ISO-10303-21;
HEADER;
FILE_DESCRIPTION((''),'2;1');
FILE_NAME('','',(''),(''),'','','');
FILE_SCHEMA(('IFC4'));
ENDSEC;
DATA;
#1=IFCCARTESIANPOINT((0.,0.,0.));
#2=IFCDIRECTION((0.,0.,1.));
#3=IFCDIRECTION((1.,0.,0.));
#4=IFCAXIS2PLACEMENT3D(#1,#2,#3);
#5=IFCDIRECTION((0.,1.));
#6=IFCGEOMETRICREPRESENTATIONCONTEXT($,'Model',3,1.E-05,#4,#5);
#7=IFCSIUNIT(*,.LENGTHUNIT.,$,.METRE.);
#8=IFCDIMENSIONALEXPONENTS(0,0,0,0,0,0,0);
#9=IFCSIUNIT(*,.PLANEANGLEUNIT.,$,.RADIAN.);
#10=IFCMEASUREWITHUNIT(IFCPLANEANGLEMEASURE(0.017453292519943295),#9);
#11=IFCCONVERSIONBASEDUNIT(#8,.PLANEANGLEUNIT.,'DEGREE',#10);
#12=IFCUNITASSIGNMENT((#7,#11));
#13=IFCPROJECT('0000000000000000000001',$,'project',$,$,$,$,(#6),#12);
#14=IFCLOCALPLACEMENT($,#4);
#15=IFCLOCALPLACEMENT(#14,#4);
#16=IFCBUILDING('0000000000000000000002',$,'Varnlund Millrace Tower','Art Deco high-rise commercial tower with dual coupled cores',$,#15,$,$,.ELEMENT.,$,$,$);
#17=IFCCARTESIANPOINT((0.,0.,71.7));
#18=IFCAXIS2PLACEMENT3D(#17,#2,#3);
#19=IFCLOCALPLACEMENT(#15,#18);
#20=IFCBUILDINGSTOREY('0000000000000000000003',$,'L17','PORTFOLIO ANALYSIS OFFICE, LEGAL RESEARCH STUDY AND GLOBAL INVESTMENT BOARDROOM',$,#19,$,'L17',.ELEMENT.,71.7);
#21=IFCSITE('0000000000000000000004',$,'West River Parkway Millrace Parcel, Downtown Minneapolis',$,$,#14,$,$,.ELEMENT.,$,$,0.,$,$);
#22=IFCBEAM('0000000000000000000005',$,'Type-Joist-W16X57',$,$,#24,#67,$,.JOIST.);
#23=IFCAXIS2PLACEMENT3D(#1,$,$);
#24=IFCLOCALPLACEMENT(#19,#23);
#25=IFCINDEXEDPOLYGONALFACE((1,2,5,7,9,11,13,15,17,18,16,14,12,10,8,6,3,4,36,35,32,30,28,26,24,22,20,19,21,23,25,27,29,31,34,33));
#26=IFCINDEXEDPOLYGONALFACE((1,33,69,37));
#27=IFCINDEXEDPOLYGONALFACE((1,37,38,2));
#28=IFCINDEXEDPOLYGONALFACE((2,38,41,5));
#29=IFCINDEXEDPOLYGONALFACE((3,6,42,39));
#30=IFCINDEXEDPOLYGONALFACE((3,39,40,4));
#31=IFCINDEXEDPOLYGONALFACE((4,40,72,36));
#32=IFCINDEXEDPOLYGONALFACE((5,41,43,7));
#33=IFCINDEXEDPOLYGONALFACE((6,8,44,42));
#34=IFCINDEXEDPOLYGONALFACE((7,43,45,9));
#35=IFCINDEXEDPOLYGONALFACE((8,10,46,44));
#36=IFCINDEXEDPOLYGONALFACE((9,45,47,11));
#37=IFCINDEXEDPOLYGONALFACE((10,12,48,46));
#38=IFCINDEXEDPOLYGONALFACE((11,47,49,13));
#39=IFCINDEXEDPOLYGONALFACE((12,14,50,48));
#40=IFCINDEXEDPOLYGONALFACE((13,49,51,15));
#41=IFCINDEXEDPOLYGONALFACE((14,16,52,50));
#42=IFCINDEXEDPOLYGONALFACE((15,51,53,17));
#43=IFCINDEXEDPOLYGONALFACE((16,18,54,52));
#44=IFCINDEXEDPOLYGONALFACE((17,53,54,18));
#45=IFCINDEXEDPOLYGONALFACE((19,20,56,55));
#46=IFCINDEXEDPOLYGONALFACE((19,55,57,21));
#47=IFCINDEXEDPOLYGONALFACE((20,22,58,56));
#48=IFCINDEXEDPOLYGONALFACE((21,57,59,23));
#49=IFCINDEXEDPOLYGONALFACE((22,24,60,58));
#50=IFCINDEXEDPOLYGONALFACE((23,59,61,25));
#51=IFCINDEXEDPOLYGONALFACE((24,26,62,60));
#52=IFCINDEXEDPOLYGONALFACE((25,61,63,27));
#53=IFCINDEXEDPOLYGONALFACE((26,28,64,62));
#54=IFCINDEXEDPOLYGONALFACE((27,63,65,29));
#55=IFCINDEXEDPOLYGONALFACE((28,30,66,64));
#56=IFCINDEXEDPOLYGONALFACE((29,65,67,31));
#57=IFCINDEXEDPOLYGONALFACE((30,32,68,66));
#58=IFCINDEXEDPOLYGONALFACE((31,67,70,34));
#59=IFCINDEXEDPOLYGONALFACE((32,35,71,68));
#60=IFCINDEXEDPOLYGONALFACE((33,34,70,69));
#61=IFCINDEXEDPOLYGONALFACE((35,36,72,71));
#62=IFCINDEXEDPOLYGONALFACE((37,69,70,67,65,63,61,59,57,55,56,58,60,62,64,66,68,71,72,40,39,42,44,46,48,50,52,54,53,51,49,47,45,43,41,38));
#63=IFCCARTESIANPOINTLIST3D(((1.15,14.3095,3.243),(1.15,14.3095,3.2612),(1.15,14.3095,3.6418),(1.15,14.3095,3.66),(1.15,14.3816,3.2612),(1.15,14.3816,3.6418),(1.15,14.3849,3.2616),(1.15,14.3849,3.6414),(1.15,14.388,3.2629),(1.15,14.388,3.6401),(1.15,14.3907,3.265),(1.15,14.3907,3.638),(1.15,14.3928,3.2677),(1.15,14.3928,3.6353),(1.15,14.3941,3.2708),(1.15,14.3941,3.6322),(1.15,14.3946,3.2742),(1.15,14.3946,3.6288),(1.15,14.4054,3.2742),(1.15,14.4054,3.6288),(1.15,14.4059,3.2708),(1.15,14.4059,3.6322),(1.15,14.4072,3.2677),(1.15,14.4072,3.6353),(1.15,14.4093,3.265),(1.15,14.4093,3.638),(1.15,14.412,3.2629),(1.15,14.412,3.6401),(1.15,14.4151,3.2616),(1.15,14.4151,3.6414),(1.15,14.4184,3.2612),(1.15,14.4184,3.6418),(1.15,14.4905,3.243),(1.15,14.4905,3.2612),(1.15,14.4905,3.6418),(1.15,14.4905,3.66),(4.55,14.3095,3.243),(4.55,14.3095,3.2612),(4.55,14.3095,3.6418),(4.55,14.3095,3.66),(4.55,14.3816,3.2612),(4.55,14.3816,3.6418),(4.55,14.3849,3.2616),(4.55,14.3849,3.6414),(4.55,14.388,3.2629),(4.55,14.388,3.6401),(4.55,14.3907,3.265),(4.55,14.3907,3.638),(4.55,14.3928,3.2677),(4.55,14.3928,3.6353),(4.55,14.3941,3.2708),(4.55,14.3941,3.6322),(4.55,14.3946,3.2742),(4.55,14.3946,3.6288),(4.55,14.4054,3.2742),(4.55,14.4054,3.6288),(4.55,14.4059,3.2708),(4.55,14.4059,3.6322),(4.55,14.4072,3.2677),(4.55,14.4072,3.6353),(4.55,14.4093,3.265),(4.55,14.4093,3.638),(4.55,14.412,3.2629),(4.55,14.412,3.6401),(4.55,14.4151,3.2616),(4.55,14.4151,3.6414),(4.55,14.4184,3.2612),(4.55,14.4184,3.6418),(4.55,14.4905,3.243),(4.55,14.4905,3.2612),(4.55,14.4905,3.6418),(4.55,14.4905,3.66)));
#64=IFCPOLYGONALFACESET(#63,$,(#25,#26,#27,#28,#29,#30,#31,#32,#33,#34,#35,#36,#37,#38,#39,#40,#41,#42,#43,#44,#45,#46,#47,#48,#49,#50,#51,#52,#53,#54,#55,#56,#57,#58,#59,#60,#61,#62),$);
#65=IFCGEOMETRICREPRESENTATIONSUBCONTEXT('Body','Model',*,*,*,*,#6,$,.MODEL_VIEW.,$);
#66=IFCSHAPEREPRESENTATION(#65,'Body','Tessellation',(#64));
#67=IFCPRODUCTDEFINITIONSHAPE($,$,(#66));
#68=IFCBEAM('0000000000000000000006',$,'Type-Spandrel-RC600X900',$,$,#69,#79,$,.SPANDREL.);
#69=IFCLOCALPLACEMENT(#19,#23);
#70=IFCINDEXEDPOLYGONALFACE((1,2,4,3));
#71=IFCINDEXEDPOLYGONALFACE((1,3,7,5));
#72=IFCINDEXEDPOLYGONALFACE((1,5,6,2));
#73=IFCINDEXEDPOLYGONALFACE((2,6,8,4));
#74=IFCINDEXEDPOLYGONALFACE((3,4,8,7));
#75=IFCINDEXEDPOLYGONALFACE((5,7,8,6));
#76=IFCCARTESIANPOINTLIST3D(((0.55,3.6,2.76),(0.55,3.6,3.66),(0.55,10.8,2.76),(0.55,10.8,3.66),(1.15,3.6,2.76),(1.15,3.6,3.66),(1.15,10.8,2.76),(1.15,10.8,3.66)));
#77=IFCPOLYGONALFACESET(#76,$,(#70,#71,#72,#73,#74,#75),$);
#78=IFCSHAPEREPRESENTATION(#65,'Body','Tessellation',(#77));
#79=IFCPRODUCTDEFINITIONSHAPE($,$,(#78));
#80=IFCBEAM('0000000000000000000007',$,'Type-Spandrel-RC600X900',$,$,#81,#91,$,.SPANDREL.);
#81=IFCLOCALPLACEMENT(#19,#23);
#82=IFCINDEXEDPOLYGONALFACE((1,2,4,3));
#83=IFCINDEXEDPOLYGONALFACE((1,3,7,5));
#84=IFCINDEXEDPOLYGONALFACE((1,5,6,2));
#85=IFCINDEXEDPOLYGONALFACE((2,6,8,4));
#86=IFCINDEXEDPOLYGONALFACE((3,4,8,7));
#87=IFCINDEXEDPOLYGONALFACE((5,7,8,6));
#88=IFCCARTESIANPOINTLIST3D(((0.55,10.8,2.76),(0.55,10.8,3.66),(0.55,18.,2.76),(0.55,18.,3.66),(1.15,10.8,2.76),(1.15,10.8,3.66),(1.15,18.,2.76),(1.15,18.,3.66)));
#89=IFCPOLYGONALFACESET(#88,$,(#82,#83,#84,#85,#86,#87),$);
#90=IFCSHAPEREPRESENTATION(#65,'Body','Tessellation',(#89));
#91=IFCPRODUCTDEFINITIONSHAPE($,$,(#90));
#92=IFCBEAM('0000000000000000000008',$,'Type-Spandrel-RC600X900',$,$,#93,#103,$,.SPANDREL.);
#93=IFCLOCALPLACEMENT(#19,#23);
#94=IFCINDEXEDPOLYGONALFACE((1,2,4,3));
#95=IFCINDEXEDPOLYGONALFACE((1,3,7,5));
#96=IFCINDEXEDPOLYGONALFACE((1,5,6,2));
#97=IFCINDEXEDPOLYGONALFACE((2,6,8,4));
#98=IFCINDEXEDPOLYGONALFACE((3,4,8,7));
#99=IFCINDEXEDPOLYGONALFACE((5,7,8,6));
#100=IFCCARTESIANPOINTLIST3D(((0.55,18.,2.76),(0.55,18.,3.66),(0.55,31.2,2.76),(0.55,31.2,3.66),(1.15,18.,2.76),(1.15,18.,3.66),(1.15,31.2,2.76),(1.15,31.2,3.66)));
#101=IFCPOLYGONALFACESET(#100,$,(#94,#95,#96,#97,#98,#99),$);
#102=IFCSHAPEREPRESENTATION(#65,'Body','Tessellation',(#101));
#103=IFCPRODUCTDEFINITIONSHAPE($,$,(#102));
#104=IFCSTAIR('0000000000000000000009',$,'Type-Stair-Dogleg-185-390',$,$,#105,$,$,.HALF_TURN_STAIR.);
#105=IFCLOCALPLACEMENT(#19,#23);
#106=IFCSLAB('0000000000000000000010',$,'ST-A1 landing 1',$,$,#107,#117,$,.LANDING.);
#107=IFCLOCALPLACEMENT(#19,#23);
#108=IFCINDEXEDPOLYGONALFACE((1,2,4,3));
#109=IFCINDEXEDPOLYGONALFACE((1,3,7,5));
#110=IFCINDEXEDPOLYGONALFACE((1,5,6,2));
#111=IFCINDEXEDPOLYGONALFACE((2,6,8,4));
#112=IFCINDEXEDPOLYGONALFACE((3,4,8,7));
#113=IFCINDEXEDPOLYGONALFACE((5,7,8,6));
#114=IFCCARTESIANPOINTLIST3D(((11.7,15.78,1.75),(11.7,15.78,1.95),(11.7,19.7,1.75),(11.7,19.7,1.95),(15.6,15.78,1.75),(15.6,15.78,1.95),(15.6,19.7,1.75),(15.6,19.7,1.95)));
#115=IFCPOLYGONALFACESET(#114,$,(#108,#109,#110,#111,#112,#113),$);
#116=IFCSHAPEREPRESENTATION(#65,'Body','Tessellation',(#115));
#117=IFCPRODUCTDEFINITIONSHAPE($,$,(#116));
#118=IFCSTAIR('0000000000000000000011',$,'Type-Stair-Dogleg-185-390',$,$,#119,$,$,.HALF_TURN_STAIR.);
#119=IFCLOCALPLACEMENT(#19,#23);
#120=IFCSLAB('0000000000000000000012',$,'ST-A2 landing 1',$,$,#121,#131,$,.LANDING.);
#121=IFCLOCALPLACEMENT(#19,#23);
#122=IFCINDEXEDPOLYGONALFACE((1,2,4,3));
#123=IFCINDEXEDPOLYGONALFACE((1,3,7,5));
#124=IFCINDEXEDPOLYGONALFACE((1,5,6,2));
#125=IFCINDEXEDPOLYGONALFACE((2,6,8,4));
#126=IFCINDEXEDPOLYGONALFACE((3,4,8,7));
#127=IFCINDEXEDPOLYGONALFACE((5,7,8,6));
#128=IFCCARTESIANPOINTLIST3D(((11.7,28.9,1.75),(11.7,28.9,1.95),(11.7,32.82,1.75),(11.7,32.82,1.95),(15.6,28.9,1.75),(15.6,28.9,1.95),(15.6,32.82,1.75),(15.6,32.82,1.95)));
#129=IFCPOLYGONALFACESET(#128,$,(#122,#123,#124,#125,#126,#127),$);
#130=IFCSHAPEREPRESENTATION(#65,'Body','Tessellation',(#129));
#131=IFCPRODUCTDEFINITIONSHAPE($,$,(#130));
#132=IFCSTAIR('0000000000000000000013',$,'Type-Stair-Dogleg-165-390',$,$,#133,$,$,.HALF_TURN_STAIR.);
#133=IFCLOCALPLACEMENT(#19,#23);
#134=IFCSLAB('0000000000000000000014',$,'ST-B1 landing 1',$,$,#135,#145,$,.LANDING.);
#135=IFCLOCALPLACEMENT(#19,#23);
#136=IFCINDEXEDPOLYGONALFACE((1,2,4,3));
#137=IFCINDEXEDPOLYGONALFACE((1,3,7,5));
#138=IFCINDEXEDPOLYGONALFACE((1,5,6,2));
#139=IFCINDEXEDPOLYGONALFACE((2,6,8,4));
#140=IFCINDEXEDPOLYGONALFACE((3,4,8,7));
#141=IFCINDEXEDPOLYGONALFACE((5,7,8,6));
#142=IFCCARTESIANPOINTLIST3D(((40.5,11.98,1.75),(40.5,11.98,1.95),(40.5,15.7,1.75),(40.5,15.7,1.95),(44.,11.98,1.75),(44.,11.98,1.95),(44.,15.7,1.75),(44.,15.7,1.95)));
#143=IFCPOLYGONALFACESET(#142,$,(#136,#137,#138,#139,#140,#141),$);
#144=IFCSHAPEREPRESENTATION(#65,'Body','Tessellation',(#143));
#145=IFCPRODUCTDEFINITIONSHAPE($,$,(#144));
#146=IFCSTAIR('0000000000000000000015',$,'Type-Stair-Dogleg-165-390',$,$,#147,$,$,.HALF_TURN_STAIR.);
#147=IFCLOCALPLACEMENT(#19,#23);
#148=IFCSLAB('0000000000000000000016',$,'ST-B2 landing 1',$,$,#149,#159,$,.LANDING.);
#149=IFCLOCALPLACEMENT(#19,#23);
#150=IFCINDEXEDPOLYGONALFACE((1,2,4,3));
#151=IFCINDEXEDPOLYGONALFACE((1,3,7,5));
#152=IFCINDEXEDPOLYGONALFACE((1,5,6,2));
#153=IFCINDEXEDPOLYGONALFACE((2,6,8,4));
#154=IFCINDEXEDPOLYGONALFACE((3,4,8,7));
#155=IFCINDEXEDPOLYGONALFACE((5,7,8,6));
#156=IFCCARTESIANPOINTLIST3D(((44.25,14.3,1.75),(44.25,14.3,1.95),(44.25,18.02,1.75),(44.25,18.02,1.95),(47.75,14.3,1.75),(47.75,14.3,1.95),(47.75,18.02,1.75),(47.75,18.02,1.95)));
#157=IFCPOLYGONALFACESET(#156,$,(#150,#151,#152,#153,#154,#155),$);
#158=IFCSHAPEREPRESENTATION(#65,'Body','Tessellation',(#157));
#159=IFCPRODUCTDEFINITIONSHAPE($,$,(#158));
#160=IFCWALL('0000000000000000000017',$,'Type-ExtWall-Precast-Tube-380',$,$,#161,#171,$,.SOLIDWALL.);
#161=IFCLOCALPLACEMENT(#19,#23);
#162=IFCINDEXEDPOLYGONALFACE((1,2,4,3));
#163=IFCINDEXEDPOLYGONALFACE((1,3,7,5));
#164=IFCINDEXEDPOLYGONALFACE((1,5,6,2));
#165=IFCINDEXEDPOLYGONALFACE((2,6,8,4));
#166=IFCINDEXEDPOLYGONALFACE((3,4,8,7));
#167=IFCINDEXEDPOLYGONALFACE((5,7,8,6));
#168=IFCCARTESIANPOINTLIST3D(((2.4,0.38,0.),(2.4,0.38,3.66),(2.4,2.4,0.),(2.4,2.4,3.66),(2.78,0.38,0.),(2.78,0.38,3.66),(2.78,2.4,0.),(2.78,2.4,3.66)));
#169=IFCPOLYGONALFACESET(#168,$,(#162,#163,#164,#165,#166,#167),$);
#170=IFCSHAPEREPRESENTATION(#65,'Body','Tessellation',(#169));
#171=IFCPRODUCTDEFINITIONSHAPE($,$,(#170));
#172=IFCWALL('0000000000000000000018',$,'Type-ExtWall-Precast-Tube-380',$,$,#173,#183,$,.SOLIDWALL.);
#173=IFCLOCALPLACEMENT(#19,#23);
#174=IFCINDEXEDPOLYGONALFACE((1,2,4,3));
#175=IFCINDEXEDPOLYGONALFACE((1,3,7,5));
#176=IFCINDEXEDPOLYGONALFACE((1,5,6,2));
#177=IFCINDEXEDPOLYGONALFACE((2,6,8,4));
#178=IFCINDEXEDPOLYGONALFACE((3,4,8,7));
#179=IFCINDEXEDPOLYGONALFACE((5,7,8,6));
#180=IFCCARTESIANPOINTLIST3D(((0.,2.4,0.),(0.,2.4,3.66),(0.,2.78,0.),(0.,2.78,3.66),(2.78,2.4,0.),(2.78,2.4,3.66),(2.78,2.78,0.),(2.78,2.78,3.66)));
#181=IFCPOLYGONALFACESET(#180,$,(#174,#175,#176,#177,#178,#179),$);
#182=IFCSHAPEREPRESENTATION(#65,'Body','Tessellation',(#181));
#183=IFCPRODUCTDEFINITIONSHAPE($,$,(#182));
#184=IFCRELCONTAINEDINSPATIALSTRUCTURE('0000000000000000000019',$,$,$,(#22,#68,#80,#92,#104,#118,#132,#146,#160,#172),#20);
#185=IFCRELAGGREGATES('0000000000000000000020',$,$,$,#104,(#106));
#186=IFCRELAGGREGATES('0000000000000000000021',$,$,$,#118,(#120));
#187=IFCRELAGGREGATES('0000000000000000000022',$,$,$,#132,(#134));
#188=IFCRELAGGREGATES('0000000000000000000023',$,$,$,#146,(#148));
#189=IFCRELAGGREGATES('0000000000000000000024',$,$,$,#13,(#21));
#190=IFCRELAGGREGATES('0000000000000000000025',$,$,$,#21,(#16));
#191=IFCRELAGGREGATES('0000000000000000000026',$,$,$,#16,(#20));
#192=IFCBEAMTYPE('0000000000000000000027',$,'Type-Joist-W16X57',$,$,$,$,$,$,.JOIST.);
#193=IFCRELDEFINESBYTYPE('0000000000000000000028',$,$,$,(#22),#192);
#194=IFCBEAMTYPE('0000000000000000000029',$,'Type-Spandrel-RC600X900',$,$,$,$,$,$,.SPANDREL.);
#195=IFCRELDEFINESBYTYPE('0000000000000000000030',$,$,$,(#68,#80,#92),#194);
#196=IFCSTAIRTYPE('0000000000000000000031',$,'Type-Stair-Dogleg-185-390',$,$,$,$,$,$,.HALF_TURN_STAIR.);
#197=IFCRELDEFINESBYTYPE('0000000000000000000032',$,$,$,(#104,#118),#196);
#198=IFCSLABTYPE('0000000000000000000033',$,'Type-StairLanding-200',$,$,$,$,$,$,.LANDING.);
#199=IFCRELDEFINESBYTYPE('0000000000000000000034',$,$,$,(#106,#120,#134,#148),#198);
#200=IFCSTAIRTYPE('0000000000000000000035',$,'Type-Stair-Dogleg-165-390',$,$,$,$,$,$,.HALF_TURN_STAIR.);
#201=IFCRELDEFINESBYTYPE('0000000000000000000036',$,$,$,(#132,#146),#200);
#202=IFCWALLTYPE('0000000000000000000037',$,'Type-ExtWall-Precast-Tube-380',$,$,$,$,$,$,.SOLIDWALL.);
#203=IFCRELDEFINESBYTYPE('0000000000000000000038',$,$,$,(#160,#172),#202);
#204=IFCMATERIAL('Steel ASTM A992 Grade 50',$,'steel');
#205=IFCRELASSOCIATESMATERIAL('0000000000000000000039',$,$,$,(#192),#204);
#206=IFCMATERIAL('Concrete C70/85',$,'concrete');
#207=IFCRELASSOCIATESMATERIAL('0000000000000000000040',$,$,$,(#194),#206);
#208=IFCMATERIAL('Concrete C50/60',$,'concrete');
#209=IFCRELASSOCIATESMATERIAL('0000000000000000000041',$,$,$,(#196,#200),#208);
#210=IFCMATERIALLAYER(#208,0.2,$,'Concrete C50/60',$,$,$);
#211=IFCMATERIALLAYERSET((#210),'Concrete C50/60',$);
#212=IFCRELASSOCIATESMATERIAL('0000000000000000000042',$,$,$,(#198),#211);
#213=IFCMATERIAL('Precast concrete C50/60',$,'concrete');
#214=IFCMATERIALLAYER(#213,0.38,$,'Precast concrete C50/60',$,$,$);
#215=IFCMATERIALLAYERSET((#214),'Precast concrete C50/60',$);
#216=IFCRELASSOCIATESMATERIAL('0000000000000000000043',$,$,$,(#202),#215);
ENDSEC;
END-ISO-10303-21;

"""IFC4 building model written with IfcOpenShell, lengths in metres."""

from ifc_helpers import new_model, entity, si_unit, converted_unit, direction, frame, origin_with_axes, origin_2d_with_axis, place, context, subcontext, project, spatial, polyline, rectangle, i_section, outline, extrude, material, layer, layer_set, material_profile, profile_set, type_object, element, aggregate, save


model = new_model("IFC4")

# Units and contexts
model_context = context("Model", 3, precision=1e-05, world=origin_with_axes(), true_north=direction((0.0, 1.0)))
body_context = subcontext(model_context, "Body", "Model", "MODEL_VIEW")
ifc_project = project(units=[si_unit("LENGTHUNIT", "METRE"), converted_unit("PLANEANGLEUNIT", "DEGREE", entity("IfcPlaneAngleMeasure", 0.017453292519943295), si_unit("PLANEANGLEUNIT", "RADIAN"), dimensions=[0, 0, 0, 0, 0, 0, 0])], contexts=[model_context])

# Site, building, storey
site_placement = place(None, origin_with_axes())
site = spatial("IfcSite", under=ifc_project, at=site_placement, Name="West River Parkway Millrace Parcel, Downtown Minneapolis", CompositionType="ELEMENT", RefElevation=0.0)
building_placement = place(site_placement, origin_with_axes())
building = spatial("IfcBuilding", under=site, at=building_placement, Name="Varnlund Millrace Tower", Description="Art Deco high-rise commercial tower with dual coupled cores", CompositionType="ELEMENT")
storey_placement = place(building_placement, frame((0.0, 0.0, 71.7), z_axis=(0.0, 0.0, 1.0), x_axis=(1.0, 0.0, 0.0)))
storey = spatial("IfcBuildingStorey", under=building, at=storey_placement, Name="L17", Description="PORTFOLIO ANALYSIS OFFICE, LEGAL RESEARCH STUDY AND GLOBAL INVESTMENT BOARDROOM", LongName="L17", CompositionType="ELEMENT", Elevation=71.7)

# Beams
ifc_material_1 = material(Name="Steel ASTM A992 Grade 50", Category="steel")
ifc_material_profile_1 = material_profile(ifc_material_1, i_section(OverallWidth=0.181, OverallDepth=0.417, WebThickness=0.0109, FlangeThickness=0.0182, FilletRadius=0.013, at=origin_2d_with_axis()), Name="Steel ASTM A992 Grade 50")
ifc_profile_set_1 = profile_set([ifc_material_profile_1], Name="Steel ASTM A992 Grade 50")
beam_type_1 = type_object("IfcBeamType", Name="Type-Joist-W16X57", PredefinedType="JOIST", material=ifc_profile_set_1)
for number, where, z_axis, x_axis, name in (
    (1, (1.15, 14.4, 3.4515), (1.0, 0.0, 0.0), (0.0, 1.0, 0.0), "Type-Joist-W16X57"),
):
    element("IfcBeam", number, at=place(storey_placement, frame(where, z_axis=z_axis, x_axis=x_axis)), inside=storey, type_object=beam_type_1, Name=name, PredefinedType="JOIST", context=body_context, shape_type="SweptSolid", body=[
        extrude(i_section(OverallWidth=0.181, OverallDepth=0.417, WebThickness=0.0109, FlangeThickness=0.0182, FilletRadius=0.013, at=origin_2d_with_axis()), origin_with_axes(), (0.0, 0.0, 1.0), 3.4),
    ])
ifc_material_2 = material(Name="Concrete C70/85", Category="concrete")
ifc_material_profile_2 = material_profile(ifc_material_2, rectangle(XDim=0.6, YDim=0.9, at=origin_2d_with_axis()), Name="Concrete C70/85")
ifc_profile_set_2 = profile_set([ifc_material_profile_2], Name="Concrete C70/85")
beam_type_2 = type_object("IfcBeamType", Name="Type-Spandrel-RC600X900", PredefinedType="SPANDREL", material=ifc_profile_set_2)
for number, where, z_axis, x_axis, name in (
    (2, (0.85, 3.6, 3.21), (0.0, 1.0, 0.0), (-1.0, 0.0, 0.0), "Type-Spandrel-RC600X900"),
    (3, (0.85, 10.8, 3.21), (0.0, 1.0, 0.0), (-1.0, 0.0, 0.0), "Type-Spandrel-RC600X900"),
):
    element("IfcBeam", number, at=place(storey_placement, frame(where, z_axis=z_axis, x_axis=x_axis)), inside=storey, type_object=beam_type_2, Name=name, PredefinedType="SPANDREL", context=body_context, shape_type="SweptSolid", body=[
        extrude(rectangle(XDim=0.6, YDim=0.9, at=origin_2d_with_axis()), origin_with_axes(), (0.0, 0.0, 1.0), 7.2),
    ])
beam_1_placement = place(storey_placement, frame((0.85, 18.0, 3.21), z_axis=(0.0, 1.0, 0.0), x_axis=(-1.0, 0.0, 0.0)))
element("IfcBeam", 4, at=beam_1_placement, inside=storey, type_object=beam_type_2, Name="Type-Spandrel-RC600X900", PredefinedType="SPANDREL", context=body_context, shape_type="SweptSolid", body=[
    extrude(rectangle(XDim=0.6, YDim=0.9, at=origin_2d_with_axis()), origin_with_axes(), (0.0, 0.0, 1.0), 13.2),
])

# Stairs, slabs
ifc_material_3 = material(Name="Concrete C50/60", Category="concrete")
stair_type_1 = type_object("IfcStairType", Name="Type-Stair-Dogleg-185-390", PredefinedType="HALF_TURN_STAIR", material=ifc_material_3)
stair_1_placement = place(storey_placement, origin_with_axes())
stair_1 = element("IfcStair", 5, at=stair_1_placement, inside=storey, type_object=stair_type_1, Name="Type-Stair-Dogleg-185-390", PredefinedType="HALF_TURN_STAIR")
ifc_layer_1 = layer(ifc_material_3, 0.2, Name="Concrete C50/60")
ifc_layer_set_1 = layer_set([ifc_layer_1], Name="Concrete C50/60")
slab_type = type_object("IfcSlabType", Name="Type-StairLanding-200", PredefinedType="LANDING", material=ifc_layer_set_1)
slab_1_placement = place(storey_placement, frame((0.0, 0.0, 1.75), z_axis=(0.0, 0.0, 1.0), x_axis=(1.0, 0.0, 0.0)))
slab_1 = element("IfcSlab", 6, at=slab_1_placement, type_object=slab_type, Name="ST-A1 landing 1", PredefinedType="LANDING", context=body_context, shape_type="SweptSolid", body=[
    extrude(outline(polyline([(15.6, 15.78), (15.6, 19.7), (11.7, 19.7), (11.7, 15.78), (15.6, 15.78)])), origin_with_axes(), (0.0, 0.0, 1.0), 0.2),
])
aggregate(stair_1, [slab_1])
stair_2_placement = place(storey_placement, origin_with_axes())
stair_2 = element("IfcStair", 7, at=stair_2_placement, inside=storey, type_object=stair_type_1, Name="Type-Stair-Dogleg-185-390", PredefinedType="HALF_TURN_STAIR")
slab_2_placement = place(storey_placement, frame((0.0, 0.0, 1.75), z_axis=(0.0, 0.0, 1.0), x_axis=(1.0, 0.0, 0.0)))
slab_2 = element("IfcSlab", 8, at=slab_2_placement, type_object=slab_type, Name="ST-A2 landing 1", PredefinedType="LANDING", context=body_context, shape_type="SweptSolid", body=[
    extrude(outline(polyline([(11.7, 32.82), (11.7, 28.9), (15.6, 28.9), (15.6, 32.82), (11.7, 32.82)])), origin_with_axes(), (0.0, 0.0, 1.0), 0.2),
])
aggregate(stair_2, [slab_2])
stair_type_2 = type_object("IfcStairType", Name="Type-Stair-Dogleg-165-390", PredefinedType="HALF_TURN_STAIR", material=ifc_material_3)
stair_3_placement = place(storey_placement, origin_with_axes())
stair_3 = element("IfcStair", 9, at=stair_3_placement, inside=storey, type_object=stair_type_2, Name="Type-Stair-Dogleg-165-390", PredefinedType="HALF_TURN_STAIR")
slab_3_placement = place(storey_placement, frame((0.0, 0.0, 1.75), z_axis=(0.0, 0.0, 1.0), x_axis=(1.0, 0.0, 0.0)))
slab_3 = element("IfcSlab", 10, at=slab_3_placement, type_object=slab_type, Name="ST-B1 landing 1", PredefinedType="LANDING", context=body_context, shape_type="SweptSolid", body=[
    extrude(outline(polyline([(44.0, 11.98), (44.0, 15.7), (40.5, 15.7), (40.5, 11.98), (44.0, 11.98)])), origin_with_axes(), (0.0, 0.0, 1.0), 0.2),
])
aggregate(stair_3, [slab_3])
stair_4_placement = place(storey_placement, origin_with_axes())
stair_4 = element("IfcStair", 11, at=stair_4_placement, inside=storey, type_object=stair_type_2, Name="Type-Stair-Dogleg-165-390", PredefinedType="HALF_TURN_STAIR")
slab_4_placement = place(storey_placement, frame((0.0, 0.0, 1.75), z_axis=(0.0, 0.0, 1.0), x_axis=(1.0, 0.0, 0.0)))
slab_4 = element("IfcSlab", 12, at=slab_4_placement, type_object=slab_type, Name="ST-B2 landing 1", PredefinedType="LANDING", context=body_context, shape_type="SweptSolid", body=[
    extrude(outline(polyline([(44.25, 18.02), (44.25, 14.3), (47.75, 14.3), (47.75, 18.02), (44.25, 18.02)])), origin_with_axes(), (0.0, 0.0, 1.0), 0.2),
])
aggregate(stair_4, [slab_4])

# Walls
ifc_material_4 = material(Name="Precast concrete C50/60", Category="concrete")
ifc_layer_2 = layer(ifc_material_4, 0.38, Name="Precast concrete C50/60")
ifc_layer_set_2 = layer_set([ifc_layer_2], Name="Precast concrete C50/60")
wall_type = type_object("IfcWallType", Name="Type-ExtWall-Precast-Tube-380", PredefinedType="SOLIDWALL", material=ifc_layer_set_2)
wall_1_placement = place(storey_placement, frame((2.59, 0.38, 0.0), z_axis=(0.0, 0.0, 1.0), x_axis=(0.0, 1.0, 0.0)))
element("IfcWall", 13, at=wall_1_placement, inside=storey, type_object=wall_type, Name="Type-ExtWall-Precast-Tube-380", PredefinedType="SOLIDWALL", context=body_context, shape_type="SweptSolid", body=[
    extrude(outline(polyline([(0.0, -0.19), (2.02, -0.19), (2.02, 0.19), (0.0, 0.19), (0.0, -0.19)])), origin_with_axes(), (0.0, 0.0, 1.0), 3.66),
])
wall_2_placement = place(storey_placement, frame((2.78, 2.59, 0.0), z_axis=(0.0, 0.0, 1.0), x_axis=(-1.0, 0.0, 0.0)))
element("IfcWall", 14, at=wall_2_placement, inside=storey, type_object=wall_type, Name="Type-ExtWall-Precast-Tube-380", PredefinedType="SOLIDWALL", context=body_context, shape_type="SweptSolid", body=[
    extrude(outline(polyline([(0.0, -0.19), (2.78, -0.19), (2.78, 0.19), (0.0, 0.19), (0.0, -0.19)])), origin_with_axes(), (0.0, 0.0, 1.0), 3.66),
])

save(model, "model.ifc")
